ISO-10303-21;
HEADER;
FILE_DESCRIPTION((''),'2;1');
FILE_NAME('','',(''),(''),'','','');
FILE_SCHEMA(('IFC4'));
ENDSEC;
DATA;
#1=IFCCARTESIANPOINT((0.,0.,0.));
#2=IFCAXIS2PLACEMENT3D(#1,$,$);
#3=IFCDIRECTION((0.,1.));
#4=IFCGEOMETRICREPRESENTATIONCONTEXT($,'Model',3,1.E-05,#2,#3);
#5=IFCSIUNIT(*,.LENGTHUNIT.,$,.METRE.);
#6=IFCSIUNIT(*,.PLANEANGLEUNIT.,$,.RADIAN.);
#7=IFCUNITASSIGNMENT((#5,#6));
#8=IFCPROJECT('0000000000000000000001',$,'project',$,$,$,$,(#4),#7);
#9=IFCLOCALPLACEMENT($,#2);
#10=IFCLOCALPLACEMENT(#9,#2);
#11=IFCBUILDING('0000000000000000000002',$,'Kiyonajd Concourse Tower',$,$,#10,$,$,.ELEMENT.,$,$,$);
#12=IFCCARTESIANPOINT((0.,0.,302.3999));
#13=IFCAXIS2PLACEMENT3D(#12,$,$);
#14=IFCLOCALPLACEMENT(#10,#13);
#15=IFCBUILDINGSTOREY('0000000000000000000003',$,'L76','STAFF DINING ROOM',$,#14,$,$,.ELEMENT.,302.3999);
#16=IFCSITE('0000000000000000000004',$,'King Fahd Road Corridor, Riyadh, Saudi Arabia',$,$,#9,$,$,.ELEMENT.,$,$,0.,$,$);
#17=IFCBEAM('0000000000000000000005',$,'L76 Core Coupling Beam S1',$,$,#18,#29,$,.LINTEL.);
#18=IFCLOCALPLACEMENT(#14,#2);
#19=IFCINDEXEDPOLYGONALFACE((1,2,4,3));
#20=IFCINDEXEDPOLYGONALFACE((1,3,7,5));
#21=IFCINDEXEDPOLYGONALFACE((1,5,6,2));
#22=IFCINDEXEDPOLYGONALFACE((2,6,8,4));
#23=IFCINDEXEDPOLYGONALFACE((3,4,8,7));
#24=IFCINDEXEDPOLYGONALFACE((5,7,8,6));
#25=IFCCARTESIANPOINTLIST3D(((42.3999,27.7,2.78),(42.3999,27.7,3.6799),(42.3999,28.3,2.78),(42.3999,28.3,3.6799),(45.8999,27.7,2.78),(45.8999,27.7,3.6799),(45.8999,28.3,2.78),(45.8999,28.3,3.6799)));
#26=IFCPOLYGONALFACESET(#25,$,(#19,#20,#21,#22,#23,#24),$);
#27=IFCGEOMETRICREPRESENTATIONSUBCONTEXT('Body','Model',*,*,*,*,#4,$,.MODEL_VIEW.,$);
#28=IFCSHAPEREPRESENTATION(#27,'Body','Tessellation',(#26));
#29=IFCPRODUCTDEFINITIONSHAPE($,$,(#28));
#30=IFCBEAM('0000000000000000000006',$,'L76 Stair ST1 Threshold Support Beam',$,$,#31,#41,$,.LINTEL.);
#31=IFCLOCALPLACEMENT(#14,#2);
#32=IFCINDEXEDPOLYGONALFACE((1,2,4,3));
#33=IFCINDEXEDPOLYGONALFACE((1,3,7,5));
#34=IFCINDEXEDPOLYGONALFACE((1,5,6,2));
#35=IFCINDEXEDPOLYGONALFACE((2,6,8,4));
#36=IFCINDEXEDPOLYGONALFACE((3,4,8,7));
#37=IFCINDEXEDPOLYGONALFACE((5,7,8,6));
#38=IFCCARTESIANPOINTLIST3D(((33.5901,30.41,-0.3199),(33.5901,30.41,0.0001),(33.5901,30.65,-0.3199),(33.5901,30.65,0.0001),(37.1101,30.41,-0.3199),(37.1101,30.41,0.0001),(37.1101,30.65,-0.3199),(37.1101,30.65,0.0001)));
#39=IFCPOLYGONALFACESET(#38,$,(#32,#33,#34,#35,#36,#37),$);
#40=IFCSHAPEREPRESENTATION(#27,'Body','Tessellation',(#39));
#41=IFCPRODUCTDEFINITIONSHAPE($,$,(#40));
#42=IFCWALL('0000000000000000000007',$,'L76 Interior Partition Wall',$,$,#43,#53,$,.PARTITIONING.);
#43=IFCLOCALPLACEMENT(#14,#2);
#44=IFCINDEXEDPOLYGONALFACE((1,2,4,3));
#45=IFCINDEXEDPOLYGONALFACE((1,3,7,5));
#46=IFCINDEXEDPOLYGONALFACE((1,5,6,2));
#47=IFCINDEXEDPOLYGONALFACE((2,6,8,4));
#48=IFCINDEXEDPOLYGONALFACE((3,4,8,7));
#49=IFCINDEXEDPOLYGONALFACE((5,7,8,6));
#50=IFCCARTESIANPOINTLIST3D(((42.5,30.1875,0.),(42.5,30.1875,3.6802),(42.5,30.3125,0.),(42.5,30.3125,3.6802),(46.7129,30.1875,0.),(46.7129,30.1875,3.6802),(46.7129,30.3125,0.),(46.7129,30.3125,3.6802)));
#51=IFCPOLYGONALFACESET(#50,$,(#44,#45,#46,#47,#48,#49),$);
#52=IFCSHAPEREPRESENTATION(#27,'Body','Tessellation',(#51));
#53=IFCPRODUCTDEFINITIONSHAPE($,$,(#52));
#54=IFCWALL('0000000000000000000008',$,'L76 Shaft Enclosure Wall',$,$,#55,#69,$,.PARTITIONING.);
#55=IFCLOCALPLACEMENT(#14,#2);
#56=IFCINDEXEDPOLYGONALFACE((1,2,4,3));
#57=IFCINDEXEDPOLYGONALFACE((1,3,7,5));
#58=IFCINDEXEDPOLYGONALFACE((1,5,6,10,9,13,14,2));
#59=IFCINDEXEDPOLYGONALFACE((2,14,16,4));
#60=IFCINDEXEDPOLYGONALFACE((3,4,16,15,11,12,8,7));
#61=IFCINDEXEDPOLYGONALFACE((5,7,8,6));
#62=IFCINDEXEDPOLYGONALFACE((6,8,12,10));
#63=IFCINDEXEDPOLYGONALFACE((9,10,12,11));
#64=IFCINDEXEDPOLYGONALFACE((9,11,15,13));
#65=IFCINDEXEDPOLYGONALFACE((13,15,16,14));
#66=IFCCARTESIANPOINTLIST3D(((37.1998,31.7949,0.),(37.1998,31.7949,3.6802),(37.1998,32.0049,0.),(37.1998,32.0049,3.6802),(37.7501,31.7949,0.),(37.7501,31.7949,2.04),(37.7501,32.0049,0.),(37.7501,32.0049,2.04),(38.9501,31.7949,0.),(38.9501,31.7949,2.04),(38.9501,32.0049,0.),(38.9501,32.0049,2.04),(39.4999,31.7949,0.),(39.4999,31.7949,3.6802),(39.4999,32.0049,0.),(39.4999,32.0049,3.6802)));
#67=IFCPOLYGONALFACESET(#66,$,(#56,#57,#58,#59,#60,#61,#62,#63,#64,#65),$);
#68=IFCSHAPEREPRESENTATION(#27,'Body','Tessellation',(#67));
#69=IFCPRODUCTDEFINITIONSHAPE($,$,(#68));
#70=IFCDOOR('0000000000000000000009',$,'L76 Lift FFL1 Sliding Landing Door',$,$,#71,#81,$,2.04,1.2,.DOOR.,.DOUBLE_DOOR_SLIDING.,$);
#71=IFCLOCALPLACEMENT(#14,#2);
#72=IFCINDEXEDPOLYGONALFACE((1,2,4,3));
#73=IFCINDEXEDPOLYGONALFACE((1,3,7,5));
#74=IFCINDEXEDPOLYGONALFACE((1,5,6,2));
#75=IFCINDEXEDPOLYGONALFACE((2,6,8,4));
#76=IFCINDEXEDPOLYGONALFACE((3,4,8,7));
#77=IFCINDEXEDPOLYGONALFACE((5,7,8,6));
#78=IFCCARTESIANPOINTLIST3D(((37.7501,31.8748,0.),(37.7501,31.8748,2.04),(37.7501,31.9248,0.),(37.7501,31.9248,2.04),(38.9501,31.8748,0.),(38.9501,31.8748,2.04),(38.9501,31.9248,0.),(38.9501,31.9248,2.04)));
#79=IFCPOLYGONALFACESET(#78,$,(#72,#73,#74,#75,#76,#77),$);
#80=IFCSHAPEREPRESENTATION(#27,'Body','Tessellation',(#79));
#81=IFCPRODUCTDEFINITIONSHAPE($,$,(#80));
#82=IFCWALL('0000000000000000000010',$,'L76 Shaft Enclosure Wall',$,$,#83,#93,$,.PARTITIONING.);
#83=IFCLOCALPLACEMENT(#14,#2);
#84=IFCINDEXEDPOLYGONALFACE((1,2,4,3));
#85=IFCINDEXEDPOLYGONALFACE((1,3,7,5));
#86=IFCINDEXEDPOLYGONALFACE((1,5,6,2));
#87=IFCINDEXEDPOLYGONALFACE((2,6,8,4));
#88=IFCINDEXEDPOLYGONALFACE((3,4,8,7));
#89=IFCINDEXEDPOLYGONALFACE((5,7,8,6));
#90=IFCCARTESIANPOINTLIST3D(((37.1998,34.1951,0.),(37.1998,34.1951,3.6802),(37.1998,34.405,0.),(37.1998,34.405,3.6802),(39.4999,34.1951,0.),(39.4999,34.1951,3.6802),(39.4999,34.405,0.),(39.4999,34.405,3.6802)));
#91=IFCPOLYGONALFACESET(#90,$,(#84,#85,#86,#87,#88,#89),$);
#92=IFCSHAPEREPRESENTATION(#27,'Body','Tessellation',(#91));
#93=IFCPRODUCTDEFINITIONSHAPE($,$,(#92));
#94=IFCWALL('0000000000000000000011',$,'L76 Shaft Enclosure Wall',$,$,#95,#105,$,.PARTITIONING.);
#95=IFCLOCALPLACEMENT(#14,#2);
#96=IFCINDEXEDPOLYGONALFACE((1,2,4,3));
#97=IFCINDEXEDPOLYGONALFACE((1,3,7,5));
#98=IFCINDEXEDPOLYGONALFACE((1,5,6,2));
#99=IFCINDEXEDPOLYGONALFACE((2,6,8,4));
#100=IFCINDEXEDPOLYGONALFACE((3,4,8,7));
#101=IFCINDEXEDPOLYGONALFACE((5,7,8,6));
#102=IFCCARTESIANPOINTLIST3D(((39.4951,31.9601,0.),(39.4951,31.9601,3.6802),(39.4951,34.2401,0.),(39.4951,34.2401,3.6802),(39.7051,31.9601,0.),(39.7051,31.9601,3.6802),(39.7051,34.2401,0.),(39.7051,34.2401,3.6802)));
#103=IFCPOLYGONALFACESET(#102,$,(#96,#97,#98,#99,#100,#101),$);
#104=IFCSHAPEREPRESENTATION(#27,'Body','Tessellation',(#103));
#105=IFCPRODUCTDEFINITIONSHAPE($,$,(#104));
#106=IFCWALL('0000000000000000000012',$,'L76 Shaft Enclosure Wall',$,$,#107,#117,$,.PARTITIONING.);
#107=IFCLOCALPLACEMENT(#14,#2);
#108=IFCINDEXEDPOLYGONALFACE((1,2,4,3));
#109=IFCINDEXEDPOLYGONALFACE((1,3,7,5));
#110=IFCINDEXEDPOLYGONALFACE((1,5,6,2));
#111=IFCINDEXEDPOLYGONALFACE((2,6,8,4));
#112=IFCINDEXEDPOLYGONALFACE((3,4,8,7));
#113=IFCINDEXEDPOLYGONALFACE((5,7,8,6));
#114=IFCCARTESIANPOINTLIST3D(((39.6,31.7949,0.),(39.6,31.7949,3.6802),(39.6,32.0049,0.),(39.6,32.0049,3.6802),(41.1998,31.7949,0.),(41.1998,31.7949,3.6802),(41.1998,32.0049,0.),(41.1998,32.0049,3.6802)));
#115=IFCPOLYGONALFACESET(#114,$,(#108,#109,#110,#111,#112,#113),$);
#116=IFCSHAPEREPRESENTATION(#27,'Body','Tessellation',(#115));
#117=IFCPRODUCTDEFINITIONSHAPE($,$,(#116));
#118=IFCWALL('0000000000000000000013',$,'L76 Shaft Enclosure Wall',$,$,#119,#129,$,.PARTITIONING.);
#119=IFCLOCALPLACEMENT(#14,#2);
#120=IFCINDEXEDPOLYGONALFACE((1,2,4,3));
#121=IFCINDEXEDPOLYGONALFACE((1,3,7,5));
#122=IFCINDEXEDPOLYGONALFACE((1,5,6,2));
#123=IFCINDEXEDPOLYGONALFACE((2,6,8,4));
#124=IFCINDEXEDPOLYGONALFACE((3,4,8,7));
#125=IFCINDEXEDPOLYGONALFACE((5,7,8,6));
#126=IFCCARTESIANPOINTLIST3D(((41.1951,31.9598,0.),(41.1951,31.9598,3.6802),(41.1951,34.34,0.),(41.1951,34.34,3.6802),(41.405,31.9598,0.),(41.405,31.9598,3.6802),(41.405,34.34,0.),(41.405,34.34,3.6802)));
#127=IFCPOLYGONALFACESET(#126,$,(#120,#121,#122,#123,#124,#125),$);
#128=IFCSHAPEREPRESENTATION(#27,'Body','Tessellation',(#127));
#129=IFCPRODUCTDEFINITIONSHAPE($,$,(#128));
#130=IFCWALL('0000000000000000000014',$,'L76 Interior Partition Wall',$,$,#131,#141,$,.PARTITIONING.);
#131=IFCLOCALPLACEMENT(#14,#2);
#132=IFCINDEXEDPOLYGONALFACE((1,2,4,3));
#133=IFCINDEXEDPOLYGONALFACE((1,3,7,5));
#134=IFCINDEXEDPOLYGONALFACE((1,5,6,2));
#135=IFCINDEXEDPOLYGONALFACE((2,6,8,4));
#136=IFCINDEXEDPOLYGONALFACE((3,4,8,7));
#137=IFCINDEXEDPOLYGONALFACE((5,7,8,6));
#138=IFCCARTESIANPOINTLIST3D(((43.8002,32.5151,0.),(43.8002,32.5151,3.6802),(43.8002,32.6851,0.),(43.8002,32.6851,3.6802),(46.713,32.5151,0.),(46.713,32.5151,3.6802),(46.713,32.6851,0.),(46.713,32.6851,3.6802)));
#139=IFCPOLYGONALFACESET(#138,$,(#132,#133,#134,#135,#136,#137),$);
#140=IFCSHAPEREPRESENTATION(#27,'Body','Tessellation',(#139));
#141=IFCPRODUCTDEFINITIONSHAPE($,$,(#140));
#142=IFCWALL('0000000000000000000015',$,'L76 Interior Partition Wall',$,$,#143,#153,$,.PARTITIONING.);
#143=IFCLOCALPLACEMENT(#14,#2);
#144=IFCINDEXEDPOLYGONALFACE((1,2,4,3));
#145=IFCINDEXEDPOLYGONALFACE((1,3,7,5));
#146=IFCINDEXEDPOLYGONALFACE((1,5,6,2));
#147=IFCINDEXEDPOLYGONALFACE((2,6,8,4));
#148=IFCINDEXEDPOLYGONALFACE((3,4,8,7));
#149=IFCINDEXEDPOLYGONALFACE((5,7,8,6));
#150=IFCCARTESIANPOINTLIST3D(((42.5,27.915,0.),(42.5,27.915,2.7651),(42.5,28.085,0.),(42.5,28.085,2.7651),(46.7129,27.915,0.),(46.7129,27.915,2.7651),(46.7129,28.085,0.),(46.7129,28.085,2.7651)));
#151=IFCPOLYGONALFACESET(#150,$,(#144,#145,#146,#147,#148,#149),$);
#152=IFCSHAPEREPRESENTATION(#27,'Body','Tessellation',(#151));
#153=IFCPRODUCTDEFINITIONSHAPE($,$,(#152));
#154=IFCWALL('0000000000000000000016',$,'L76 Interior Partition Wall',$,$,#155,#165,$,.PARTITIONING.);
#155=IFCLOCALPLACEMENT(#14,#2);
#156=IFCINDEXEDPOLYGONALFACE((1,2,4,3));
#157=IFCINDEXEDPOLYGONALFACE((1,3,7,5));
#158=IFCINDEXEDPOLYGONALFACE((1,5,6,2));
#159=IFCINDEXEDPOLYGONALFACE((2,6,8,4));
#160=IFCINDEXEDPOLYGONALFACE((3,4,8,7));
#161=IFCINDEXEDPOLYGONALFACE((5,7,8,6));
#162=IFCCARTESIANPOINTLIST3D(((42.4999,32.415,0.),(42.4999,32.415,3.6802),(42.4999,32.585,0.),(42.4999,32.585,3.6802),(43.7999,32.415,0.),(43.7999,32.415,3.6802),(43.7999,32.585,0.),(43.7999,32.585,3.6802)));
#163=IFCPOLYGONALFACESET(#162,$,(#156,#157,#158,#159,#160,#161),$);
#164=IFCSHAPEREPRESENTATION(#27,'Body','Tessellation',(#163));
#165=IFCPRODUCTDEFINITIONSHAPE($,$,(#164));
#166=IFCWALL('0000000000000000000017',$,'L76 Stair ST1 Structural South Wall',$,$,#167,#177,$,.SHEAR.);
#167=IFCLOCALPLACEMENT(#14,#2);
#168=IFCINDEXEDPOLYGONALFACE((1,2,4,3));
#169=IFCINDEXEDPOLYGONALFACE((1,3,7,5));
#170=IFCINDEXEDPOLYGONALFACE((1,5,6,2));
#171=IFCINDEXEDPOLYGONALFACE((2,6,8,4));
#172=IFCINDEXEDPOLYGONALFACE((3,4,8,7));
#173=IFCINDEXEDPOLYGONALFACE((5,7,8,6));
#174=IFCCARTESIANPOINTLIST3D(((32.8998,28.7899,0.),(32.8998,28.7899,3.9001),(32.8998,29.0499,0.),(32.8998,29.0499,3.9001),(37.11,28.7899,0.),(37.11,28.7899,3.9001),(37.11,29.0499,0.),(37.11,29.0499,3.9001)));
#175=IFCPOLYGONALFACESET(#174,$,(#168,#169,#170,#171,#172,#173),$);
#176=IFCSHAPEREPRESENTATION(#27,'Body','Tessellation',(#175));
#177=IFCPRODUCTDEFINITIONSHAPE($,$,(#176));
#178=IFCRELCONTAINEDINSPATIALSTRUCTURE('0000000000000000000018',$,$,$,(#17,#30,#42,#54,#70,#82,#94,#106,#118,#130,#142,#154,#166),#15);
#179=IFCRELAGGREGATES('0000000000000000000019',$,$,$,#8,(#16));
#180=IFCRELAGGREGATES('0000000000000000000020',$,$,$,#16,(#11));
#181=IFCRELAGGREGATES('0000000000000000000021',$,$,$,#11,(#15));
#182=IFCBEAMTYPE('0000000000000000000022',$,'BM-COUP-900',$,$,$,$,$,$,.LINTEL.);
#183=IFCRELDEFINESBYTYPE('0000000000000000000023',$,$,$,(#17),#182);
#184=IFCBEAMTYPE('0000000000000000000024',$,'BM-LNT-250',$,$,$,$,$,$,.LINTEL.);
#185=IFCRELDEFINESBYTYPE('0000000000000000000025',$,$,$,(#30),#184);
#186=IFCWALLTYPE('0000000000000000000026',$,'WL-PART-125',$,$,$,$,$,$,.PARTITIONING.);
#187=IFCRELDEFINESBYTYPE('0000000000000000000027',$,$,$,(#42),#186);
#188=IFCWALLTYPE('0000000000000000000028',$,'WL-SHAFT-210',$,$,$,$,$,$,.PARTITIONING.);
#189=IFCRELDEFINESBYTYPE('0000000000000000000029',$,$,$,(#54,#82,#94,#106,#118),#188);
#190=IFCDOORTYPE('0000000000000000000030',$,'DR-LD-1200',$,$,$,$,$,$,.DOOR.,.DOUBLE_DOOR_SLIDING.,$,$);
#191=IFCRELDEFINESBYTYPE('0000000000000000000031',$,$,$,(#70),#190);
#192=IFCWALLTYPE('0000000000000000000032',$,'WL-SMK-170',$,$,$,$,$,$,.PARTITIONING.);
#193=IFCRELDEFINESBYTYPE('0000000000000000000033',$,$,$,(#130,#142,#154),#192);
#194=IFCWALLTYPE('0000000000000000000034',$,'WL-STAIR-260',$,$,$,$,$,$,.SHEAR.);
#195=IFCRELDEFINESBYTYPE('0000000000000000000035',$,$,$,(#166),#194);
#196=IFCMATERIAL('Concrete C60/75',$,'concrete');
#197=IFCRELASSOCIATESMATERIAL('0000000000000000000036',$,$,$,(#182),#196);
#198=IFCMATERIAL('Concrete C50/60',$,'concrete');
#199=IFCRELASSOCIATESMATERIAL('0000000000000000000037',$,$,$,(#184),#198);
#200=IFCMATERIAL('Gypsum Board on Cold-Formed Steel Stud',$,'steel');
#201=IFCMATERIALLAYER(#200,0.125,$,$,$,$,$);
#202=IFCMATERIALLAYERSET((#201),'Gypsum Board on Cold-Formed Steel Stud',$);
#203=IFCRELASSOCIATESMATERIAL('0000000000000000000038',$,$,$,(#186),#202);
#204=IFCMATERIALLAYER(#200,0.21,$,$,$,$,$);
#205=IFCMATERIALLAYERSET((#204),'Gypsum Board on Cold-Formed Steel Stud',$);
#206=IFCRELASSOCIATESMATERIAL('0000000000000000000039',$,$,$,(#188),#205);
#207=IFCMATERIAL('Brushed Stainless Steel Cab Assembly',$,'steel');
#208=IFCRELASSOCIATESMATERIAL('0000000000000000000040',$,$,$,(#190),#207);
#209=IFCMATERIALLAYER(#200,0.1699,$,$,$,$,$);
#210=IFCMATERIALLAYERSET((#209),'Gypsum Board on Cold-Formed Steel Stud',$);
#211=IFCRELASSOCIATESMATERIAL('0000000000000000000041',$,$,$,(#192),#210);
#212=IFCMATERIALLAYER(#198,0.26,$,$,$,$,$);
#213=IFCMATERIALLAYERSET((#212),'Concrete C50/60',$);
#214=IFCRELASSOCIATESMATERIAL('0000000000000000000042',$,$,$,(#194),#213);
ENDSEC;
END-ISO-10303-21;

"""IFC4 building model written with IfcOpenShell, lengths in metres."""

from ifc_helpers import new_model, si_unit, direction, frame, frame_2d, origin, origin_2d, place, context, subcontext, project, spatial, rectangle, extrude, material, layer, layer_set, material_profile, profile_set, type_object, element, fill, save


model = new_model("IFC4")

# Units and contexts
model_context = context("Model", 3, precision=1e-05, world=origin(), true_north=direction((0.0, 1.0)))
body_context = subcontext(model_context, "Body", "Model", "MODEL_VIEW")
ifc_project = project(units=[si_unit("LENGTHUNIT", "METRE"), si_unit("PLANEANGLEUNIT", "RADIAN")], contexts=[model_context])

# Site, building, storey
site_placement = place(None, origin())
site = spatial("IfcSite", under=ifc_project, at=site_placement, Name="King Fahd Road Corridor, Riyadh, Saudi Arabia", CompositionType="ELEMENT", RefElevation=0.0)
building_placement = place(site_placement, origin())
building = spatial("IfcBuilding", under=site, at=building_placement, Name="Kiyonajd Concourse Tower", CompositionType="ELEMENT")
storey_placement = place(building_placement, frame((0.0, 0.0, 302.3999)))
storey = spatial("IfcBuildingStorey", under=building, at=storey_placement, Name="L76", Description="STAFF DINING ROOM", CompositionType="ELEMENT", Elevation=302.3999)

# Beams
ifc_material_1 = material(Name="Concrete C60/75", Category="concrete")
ifc_material_profile_1 = material_profile(ifc_material_1, rectangle(XDim=0.6001, YDim=0.8999, at=origin_2d()), Name="RCBM-600x900")
ifc_profile_set_1 = profile_set([ifc_material_profile_1], Name="Concrete C60/75")
beam_type_1 = type_object("IfcBeamType", Name="BM-COUP-900", PredefinedType="LINTEL", material=ifc_profile_set_1)
beam_1_placement = place(storey_placement, frame((42.3999, 28.0, 3.23), z_axis=(1.0, 0.0, 0.0), x_axis=(0.0, 1.0, 0.0)))
element("IfcBeam", 1, at=beam_1_placement, inside=storey, type_object=beam_type_1, Name="L76 Core Coupling Beam S1", PredefinedType="LINTEL", context=body_context, shape_type="SweptSolid", body=[
    extrude(rectangle(XDim=0.6001, YDim=0.8999, at=origin_2d()), origin(), (0.0, 0.0, 1.0), 3.5),
])
ifc_material_2 = material(Name="Concrete C50/60", Category="concrete")
ifc_material_profile_2 = material_profile(ifc_material_2, rectangle(XDim=0.24, YDim=0.3201, at=origin_2d()), Name="RCBM-240x320")
ifc_profile_set_2 = profile_set([ifc_material_profile_2], Name="Concrete C50/60")
beam_type_2 = type_object("IfcBeamType", Name="BM-LNT-250", PredefinedType="LINTEL", material=ifc_profile_set_2)
beam_2_placement = place(storey_placement, frame((33.5901, 30.53, -0.1599), z_axis=(1.0, 0.0, 0.0), x_axis=(0.0, 1.0, 0.0)))
element("IfcBeam", 2, at=beam_2_placement, inside=storey, type_object=beam_type_2, Name="L76 Stair ST1 Threshold Support Beam", PredefinedType="LINTEL", context=body_context, shape_type="SweptSolid", body=[
    extrude(rectangle(XDim=0.24, YDim=0.3201, at=origin_2d()), origin(), (0.0, 0.0, 1.0), 3.52),
])

# Wall
ifc_material_3 = material(Name="Gypsum Board on Cold-Formed Steel Stud", Category="steel")
ifc_layer_1 = layer(ifc_material_3, 0.125)
ifc_layer_set_1 = layer_set([ifc_layer_1], Name="Gypsum Board on Cold-Formed Steel Stud")
wall_type_1 = type_object("IfcWallType", Name="WL-PART-125", PredefinedType="PARTITIONING", material=ifc_layer_set_1)
wall_1_placement = place(storey_placement, frame((42.5, 30.25, 0.0), z_axis=(0.0, 0.0, 1.0), x_axis=(1.0, 0.0, 0.0)))
element("IfcWall", 3, at=wall_1_placement, inside=storey, type_object=wall_type_1, Name="L76 Interior Partition Wall", PredefinedType="PARTITIONING", context=body_context, shape_type="SweptSolid", body=[
    extrude(rectangle(XDim=4.2129, YDim=0.125, at=frame_2d((2.1064, 0.0))), origin(), (0.0, 0.0, 1.0), 3.6802),
])

# Wall, opening, door
ifc_layer_2 = layer(ifc_material_3, 0.21)
ifc_layer_set_2 = layer_set([ifc_layer_2], Name="Gypsum Board on Cold-Formed Steel Stud")
wall_type_2 = type_object("IfcWallType", Name="WL-SHAFT-210", PredefinedType="PARTITIONING", material=ifc_layer_set_2)
wall_2_placement = place(storey_placement, frame((37.2, 31.8999, 0.0), z_axis=(0.0, 0.0, 1.0), x_axis=(1.0, 0.0, 0.0)))
wall_2 = element("IfcWall", 4, at=wall_2_placement, inside=storey, type_object=wall_type_2, Name="L76 Shaft Enclosure Wall", PredefinedType="PARTITIONING", context=body_context, shape_type="SweptSolid", body=[
    extrude(rectangle(XDim=2.3, YDim=0.21, at=frame_2d((1.1499, 0.0))), origin(), (0.0, 0.0, 1.0), 3.6802),
])
opening_1_placement = place(wall_2_placement, frame((0.55, 0.0, 0.0)))
opening_1 = element("IfcOpeningElement", 5, at=opening_1_placement, cuts=wall_2, PredefinedType="OPENING", context=body_context, shape_type="SweptSolid", body=[
    extrude(rectangle(XDim=1.2, YDim=2.04, at=frame_2d((0.6001, 1.02))), frame((0.0, 0.115, 0.0), z_axis=(0.0, -1.0, 0.0), x_axis=(1.0, 0.0, 0.0)), (0.0, 0.0, 1.0), 0.23),
])
ifc_material_4 = material(Name="Brushed Stainless Steel Cab Assembly", Category="steel")
door_type_1 = type_object("IfcDoorType", Name="DR-LD-1200", OperationType="DOUBLE_DOOR_SLIDING", PredefinedType="DOOR", material=ifc_material_4)
door_1_placement = place(opening_1_placement, origin())
door_1 = element("IfcDoor", 6, at=door_1_placement, inside=storey, type_object=door_type_1, Name="L76 Lift FFL1 Sliding Landing Door", OperationType="DOUBLE_DOOR_SLIDING", OverallHeight=2.04, OverallWidth=1.2, PredefinedType="DOOR", context=body_context, shape_type="SweptSolid", body=[
    extrude(rectangle(XDim=1.2, YDim=2.04, at=frame_2d((0.6001, 1.02))), frame((0.0, 0.0249, 0.0), z_axis=(0.0, -1.0, 0.0), x_axis=(1.0, 0.0, 0.0)), (0.0, 0.0, 1.0), 0.05),
])
fill(opening_1, door_1)

# Walls
wall_3_placement = place(storey_placement, frame((37.2, 34.3, 0.0), z_axis=(0.0, 0.0, 1.0), x_axis=(1.0, 0.0, 0.0)))
element("IfcWall", 7, at=wall_3_placement, inside=storey, type_object=wall_type_2, Name="L76 Shaft Enclosure Wall", PredefinedType="PARTITIONING", context=body_context, shape_type="SweptSolid", body=[
    extrude(rectangle(XDim=2.3, YDim=0.21, at=frame_2d((1.1499, 0.0))), origin(), (0.0, 0.0, 1.0), 3.6802),
])
wall_4_placement = place(storey_placement, frame((39.6001, 31.96, 0.0), z_axis=(0.0, 0.0, 1.0), x_axis=(0.0, 1.0, 0.0)))
element("IfcWall", 8, at=wall_4_placement, inside=storey, type_object=wall_type_2, Name="L76 Shaft Enclosure Wall", PredefinedType="PARTITIONING", context=body_context, shape_type="SweptSolid", body=[
    extrude(rectangle(XDim=2.28, YDim=0.21, at=frame_2d((1.1401, 0.0))), origin(), (0.0, 0.0, 1.0), 3.6802),
])
wall_5_placement = place(storey_placement, frame((39.6001, 31.8999, 0.0), z_axis=(0.0, 0.0, 1.0), x_axis=(1.0, 0.0, 0.0)))
element("IfcWall", 9, at=wall_5_placement, inside=storey, type_object=wall_type_2, Name="L76 Shaft Enclosure Wall", PredefinedType="PARTITIONING", context=body_context, shape_type="SweptSolid", body=[
    extrude(rectangle(XDim=1.5999, YDim=0.21, at=frame_2d((0.7998, 0.0))), origin(), (0.0, 0.0, 1.0), 3.6802),
])
wall_6_placement = place(storey_placement, frame((41.3, 31.96, 0.0), z_axis=(0.0, 0.0, 1.0), x_axis=(0.0, 1.0, 0.0)))
element("IfcWall", 10, at=wall_6_placement, inside=storey, type_object=wall_type_2, Name="L76 Shaft Enclosure Wall", PredefinedType="PARTITIONING", context=body_context, shape_type="SweptSolid", body=[
    extrude(rectangle(XDim=2.3801, YDim=0.21, at=frame_2d((1.1899, 0.0))), origin(), (0.0, 0.0, 1.0), 3.6802),
])
ifc_layer_3 = layer(ifc_material_3, 0.1699)
ifc_layer_set_3 = layer_set([ifc_layer_3], Name="Gypsum Board on Cold-Formed Steel Stud")
wall_type_3 = type_object("IfcWallType", Name="WL-SMK-170", PredefinedType="PARTITIONING", material=ifc_layer_set_3)
wall_7_placement = place(storey_placement, frame((43.8, 32.6001, 0.0), z_axis=(0.0, 0.0, 1.0), x_axis=(1.0, 0.0, 0.0)))
element("IfcWall", 11, at=wall_7_placement, inside=storey, type_object=wall_type_3, Name="L76 Interior Partition Wall", PredefinedType="PARTITIONING", context=body_context, shape_type="SweptSolid", body=[
    extrude(rectangle(XDim=2.9128, YDim=0.1699, at=frame_2d((1.4565, 0.0))), origin(), (0.0, 0.0, 1.0), 3.6802),
])
wall_8_placement = place(storey_placement, frame((42.5, 28.0, 0.0), z_axis=(0.0, 0.0, 1.0), x_axis=(1.0, 0.0, 0.0)))
element("IfcWall", 12, at=wall_8_placement, inside=storey, type_object=wall_type_3, Name="L76 Interior Partition Wall", PredefinedType="PARTITIONING", context=body_context, shape_type="SweptSolid", body=[
    extrude(rectangle(XDim=4.2129, YDim=0.1699, at=frame_2d((2.1064, 0.0))), origin(), (0.0, 0.0, 1.0), 2.7651),
])
wall_9_placement = place(storey_placement, frame((42.5, 32.5, 0.0), z_axis=(0.0, 0.0, 1.0), x_axis=(1.0, 0.0, 0.0)))
element("IfcWall", 13, at=wall_9_placement, inside=storey, type_object=wall_type_3, Name="L76 Interior Partition Wall", PredefinedType="PARTITIONING", context=body_context, shape_type="SweptSolid", body=[
    extrude(rectangle(XDim=1.3, YDim=0.1699, at=frame_2d((0.6499, 0.0))), origin(), (0.0, 0.0, 1.0), 3.6802),
])
ifc_layer_4 = layer(ifc_material_2, 0.26)
ifc_layer_set_4 = layer_set([ifc_layer_4], Name="Concrete C50/60")
wall_type_4 = type_object("IfcWallType", Name="WL-STAIR-260", PredefinedType="SHEAR", material=ifc_layer_set_4)
wall_10_placement = place(storey_placement, frame((32.8999, 28.9199, 0.0), z_axis=(0.0, 0.0, 1.0), x_axis=(1.0, 0.0, 0.0)))
element("IfcWall", 14, at=wall_10_placement, inside=storey, type_object=wall_type_4, Name="L76 Stair ST1 Structural South Wall", PredefinedType="SHEAR", context=body_context, shape_type="SweptSolid", body=[
    extrude(rectangle(XDim=4.2102, YDim=0.26, at=frame_2d((2.105, 0.0))), origin(), (0.0, 0.0, 1.0), 3.9001),
])

save(model, "model.ifc")
